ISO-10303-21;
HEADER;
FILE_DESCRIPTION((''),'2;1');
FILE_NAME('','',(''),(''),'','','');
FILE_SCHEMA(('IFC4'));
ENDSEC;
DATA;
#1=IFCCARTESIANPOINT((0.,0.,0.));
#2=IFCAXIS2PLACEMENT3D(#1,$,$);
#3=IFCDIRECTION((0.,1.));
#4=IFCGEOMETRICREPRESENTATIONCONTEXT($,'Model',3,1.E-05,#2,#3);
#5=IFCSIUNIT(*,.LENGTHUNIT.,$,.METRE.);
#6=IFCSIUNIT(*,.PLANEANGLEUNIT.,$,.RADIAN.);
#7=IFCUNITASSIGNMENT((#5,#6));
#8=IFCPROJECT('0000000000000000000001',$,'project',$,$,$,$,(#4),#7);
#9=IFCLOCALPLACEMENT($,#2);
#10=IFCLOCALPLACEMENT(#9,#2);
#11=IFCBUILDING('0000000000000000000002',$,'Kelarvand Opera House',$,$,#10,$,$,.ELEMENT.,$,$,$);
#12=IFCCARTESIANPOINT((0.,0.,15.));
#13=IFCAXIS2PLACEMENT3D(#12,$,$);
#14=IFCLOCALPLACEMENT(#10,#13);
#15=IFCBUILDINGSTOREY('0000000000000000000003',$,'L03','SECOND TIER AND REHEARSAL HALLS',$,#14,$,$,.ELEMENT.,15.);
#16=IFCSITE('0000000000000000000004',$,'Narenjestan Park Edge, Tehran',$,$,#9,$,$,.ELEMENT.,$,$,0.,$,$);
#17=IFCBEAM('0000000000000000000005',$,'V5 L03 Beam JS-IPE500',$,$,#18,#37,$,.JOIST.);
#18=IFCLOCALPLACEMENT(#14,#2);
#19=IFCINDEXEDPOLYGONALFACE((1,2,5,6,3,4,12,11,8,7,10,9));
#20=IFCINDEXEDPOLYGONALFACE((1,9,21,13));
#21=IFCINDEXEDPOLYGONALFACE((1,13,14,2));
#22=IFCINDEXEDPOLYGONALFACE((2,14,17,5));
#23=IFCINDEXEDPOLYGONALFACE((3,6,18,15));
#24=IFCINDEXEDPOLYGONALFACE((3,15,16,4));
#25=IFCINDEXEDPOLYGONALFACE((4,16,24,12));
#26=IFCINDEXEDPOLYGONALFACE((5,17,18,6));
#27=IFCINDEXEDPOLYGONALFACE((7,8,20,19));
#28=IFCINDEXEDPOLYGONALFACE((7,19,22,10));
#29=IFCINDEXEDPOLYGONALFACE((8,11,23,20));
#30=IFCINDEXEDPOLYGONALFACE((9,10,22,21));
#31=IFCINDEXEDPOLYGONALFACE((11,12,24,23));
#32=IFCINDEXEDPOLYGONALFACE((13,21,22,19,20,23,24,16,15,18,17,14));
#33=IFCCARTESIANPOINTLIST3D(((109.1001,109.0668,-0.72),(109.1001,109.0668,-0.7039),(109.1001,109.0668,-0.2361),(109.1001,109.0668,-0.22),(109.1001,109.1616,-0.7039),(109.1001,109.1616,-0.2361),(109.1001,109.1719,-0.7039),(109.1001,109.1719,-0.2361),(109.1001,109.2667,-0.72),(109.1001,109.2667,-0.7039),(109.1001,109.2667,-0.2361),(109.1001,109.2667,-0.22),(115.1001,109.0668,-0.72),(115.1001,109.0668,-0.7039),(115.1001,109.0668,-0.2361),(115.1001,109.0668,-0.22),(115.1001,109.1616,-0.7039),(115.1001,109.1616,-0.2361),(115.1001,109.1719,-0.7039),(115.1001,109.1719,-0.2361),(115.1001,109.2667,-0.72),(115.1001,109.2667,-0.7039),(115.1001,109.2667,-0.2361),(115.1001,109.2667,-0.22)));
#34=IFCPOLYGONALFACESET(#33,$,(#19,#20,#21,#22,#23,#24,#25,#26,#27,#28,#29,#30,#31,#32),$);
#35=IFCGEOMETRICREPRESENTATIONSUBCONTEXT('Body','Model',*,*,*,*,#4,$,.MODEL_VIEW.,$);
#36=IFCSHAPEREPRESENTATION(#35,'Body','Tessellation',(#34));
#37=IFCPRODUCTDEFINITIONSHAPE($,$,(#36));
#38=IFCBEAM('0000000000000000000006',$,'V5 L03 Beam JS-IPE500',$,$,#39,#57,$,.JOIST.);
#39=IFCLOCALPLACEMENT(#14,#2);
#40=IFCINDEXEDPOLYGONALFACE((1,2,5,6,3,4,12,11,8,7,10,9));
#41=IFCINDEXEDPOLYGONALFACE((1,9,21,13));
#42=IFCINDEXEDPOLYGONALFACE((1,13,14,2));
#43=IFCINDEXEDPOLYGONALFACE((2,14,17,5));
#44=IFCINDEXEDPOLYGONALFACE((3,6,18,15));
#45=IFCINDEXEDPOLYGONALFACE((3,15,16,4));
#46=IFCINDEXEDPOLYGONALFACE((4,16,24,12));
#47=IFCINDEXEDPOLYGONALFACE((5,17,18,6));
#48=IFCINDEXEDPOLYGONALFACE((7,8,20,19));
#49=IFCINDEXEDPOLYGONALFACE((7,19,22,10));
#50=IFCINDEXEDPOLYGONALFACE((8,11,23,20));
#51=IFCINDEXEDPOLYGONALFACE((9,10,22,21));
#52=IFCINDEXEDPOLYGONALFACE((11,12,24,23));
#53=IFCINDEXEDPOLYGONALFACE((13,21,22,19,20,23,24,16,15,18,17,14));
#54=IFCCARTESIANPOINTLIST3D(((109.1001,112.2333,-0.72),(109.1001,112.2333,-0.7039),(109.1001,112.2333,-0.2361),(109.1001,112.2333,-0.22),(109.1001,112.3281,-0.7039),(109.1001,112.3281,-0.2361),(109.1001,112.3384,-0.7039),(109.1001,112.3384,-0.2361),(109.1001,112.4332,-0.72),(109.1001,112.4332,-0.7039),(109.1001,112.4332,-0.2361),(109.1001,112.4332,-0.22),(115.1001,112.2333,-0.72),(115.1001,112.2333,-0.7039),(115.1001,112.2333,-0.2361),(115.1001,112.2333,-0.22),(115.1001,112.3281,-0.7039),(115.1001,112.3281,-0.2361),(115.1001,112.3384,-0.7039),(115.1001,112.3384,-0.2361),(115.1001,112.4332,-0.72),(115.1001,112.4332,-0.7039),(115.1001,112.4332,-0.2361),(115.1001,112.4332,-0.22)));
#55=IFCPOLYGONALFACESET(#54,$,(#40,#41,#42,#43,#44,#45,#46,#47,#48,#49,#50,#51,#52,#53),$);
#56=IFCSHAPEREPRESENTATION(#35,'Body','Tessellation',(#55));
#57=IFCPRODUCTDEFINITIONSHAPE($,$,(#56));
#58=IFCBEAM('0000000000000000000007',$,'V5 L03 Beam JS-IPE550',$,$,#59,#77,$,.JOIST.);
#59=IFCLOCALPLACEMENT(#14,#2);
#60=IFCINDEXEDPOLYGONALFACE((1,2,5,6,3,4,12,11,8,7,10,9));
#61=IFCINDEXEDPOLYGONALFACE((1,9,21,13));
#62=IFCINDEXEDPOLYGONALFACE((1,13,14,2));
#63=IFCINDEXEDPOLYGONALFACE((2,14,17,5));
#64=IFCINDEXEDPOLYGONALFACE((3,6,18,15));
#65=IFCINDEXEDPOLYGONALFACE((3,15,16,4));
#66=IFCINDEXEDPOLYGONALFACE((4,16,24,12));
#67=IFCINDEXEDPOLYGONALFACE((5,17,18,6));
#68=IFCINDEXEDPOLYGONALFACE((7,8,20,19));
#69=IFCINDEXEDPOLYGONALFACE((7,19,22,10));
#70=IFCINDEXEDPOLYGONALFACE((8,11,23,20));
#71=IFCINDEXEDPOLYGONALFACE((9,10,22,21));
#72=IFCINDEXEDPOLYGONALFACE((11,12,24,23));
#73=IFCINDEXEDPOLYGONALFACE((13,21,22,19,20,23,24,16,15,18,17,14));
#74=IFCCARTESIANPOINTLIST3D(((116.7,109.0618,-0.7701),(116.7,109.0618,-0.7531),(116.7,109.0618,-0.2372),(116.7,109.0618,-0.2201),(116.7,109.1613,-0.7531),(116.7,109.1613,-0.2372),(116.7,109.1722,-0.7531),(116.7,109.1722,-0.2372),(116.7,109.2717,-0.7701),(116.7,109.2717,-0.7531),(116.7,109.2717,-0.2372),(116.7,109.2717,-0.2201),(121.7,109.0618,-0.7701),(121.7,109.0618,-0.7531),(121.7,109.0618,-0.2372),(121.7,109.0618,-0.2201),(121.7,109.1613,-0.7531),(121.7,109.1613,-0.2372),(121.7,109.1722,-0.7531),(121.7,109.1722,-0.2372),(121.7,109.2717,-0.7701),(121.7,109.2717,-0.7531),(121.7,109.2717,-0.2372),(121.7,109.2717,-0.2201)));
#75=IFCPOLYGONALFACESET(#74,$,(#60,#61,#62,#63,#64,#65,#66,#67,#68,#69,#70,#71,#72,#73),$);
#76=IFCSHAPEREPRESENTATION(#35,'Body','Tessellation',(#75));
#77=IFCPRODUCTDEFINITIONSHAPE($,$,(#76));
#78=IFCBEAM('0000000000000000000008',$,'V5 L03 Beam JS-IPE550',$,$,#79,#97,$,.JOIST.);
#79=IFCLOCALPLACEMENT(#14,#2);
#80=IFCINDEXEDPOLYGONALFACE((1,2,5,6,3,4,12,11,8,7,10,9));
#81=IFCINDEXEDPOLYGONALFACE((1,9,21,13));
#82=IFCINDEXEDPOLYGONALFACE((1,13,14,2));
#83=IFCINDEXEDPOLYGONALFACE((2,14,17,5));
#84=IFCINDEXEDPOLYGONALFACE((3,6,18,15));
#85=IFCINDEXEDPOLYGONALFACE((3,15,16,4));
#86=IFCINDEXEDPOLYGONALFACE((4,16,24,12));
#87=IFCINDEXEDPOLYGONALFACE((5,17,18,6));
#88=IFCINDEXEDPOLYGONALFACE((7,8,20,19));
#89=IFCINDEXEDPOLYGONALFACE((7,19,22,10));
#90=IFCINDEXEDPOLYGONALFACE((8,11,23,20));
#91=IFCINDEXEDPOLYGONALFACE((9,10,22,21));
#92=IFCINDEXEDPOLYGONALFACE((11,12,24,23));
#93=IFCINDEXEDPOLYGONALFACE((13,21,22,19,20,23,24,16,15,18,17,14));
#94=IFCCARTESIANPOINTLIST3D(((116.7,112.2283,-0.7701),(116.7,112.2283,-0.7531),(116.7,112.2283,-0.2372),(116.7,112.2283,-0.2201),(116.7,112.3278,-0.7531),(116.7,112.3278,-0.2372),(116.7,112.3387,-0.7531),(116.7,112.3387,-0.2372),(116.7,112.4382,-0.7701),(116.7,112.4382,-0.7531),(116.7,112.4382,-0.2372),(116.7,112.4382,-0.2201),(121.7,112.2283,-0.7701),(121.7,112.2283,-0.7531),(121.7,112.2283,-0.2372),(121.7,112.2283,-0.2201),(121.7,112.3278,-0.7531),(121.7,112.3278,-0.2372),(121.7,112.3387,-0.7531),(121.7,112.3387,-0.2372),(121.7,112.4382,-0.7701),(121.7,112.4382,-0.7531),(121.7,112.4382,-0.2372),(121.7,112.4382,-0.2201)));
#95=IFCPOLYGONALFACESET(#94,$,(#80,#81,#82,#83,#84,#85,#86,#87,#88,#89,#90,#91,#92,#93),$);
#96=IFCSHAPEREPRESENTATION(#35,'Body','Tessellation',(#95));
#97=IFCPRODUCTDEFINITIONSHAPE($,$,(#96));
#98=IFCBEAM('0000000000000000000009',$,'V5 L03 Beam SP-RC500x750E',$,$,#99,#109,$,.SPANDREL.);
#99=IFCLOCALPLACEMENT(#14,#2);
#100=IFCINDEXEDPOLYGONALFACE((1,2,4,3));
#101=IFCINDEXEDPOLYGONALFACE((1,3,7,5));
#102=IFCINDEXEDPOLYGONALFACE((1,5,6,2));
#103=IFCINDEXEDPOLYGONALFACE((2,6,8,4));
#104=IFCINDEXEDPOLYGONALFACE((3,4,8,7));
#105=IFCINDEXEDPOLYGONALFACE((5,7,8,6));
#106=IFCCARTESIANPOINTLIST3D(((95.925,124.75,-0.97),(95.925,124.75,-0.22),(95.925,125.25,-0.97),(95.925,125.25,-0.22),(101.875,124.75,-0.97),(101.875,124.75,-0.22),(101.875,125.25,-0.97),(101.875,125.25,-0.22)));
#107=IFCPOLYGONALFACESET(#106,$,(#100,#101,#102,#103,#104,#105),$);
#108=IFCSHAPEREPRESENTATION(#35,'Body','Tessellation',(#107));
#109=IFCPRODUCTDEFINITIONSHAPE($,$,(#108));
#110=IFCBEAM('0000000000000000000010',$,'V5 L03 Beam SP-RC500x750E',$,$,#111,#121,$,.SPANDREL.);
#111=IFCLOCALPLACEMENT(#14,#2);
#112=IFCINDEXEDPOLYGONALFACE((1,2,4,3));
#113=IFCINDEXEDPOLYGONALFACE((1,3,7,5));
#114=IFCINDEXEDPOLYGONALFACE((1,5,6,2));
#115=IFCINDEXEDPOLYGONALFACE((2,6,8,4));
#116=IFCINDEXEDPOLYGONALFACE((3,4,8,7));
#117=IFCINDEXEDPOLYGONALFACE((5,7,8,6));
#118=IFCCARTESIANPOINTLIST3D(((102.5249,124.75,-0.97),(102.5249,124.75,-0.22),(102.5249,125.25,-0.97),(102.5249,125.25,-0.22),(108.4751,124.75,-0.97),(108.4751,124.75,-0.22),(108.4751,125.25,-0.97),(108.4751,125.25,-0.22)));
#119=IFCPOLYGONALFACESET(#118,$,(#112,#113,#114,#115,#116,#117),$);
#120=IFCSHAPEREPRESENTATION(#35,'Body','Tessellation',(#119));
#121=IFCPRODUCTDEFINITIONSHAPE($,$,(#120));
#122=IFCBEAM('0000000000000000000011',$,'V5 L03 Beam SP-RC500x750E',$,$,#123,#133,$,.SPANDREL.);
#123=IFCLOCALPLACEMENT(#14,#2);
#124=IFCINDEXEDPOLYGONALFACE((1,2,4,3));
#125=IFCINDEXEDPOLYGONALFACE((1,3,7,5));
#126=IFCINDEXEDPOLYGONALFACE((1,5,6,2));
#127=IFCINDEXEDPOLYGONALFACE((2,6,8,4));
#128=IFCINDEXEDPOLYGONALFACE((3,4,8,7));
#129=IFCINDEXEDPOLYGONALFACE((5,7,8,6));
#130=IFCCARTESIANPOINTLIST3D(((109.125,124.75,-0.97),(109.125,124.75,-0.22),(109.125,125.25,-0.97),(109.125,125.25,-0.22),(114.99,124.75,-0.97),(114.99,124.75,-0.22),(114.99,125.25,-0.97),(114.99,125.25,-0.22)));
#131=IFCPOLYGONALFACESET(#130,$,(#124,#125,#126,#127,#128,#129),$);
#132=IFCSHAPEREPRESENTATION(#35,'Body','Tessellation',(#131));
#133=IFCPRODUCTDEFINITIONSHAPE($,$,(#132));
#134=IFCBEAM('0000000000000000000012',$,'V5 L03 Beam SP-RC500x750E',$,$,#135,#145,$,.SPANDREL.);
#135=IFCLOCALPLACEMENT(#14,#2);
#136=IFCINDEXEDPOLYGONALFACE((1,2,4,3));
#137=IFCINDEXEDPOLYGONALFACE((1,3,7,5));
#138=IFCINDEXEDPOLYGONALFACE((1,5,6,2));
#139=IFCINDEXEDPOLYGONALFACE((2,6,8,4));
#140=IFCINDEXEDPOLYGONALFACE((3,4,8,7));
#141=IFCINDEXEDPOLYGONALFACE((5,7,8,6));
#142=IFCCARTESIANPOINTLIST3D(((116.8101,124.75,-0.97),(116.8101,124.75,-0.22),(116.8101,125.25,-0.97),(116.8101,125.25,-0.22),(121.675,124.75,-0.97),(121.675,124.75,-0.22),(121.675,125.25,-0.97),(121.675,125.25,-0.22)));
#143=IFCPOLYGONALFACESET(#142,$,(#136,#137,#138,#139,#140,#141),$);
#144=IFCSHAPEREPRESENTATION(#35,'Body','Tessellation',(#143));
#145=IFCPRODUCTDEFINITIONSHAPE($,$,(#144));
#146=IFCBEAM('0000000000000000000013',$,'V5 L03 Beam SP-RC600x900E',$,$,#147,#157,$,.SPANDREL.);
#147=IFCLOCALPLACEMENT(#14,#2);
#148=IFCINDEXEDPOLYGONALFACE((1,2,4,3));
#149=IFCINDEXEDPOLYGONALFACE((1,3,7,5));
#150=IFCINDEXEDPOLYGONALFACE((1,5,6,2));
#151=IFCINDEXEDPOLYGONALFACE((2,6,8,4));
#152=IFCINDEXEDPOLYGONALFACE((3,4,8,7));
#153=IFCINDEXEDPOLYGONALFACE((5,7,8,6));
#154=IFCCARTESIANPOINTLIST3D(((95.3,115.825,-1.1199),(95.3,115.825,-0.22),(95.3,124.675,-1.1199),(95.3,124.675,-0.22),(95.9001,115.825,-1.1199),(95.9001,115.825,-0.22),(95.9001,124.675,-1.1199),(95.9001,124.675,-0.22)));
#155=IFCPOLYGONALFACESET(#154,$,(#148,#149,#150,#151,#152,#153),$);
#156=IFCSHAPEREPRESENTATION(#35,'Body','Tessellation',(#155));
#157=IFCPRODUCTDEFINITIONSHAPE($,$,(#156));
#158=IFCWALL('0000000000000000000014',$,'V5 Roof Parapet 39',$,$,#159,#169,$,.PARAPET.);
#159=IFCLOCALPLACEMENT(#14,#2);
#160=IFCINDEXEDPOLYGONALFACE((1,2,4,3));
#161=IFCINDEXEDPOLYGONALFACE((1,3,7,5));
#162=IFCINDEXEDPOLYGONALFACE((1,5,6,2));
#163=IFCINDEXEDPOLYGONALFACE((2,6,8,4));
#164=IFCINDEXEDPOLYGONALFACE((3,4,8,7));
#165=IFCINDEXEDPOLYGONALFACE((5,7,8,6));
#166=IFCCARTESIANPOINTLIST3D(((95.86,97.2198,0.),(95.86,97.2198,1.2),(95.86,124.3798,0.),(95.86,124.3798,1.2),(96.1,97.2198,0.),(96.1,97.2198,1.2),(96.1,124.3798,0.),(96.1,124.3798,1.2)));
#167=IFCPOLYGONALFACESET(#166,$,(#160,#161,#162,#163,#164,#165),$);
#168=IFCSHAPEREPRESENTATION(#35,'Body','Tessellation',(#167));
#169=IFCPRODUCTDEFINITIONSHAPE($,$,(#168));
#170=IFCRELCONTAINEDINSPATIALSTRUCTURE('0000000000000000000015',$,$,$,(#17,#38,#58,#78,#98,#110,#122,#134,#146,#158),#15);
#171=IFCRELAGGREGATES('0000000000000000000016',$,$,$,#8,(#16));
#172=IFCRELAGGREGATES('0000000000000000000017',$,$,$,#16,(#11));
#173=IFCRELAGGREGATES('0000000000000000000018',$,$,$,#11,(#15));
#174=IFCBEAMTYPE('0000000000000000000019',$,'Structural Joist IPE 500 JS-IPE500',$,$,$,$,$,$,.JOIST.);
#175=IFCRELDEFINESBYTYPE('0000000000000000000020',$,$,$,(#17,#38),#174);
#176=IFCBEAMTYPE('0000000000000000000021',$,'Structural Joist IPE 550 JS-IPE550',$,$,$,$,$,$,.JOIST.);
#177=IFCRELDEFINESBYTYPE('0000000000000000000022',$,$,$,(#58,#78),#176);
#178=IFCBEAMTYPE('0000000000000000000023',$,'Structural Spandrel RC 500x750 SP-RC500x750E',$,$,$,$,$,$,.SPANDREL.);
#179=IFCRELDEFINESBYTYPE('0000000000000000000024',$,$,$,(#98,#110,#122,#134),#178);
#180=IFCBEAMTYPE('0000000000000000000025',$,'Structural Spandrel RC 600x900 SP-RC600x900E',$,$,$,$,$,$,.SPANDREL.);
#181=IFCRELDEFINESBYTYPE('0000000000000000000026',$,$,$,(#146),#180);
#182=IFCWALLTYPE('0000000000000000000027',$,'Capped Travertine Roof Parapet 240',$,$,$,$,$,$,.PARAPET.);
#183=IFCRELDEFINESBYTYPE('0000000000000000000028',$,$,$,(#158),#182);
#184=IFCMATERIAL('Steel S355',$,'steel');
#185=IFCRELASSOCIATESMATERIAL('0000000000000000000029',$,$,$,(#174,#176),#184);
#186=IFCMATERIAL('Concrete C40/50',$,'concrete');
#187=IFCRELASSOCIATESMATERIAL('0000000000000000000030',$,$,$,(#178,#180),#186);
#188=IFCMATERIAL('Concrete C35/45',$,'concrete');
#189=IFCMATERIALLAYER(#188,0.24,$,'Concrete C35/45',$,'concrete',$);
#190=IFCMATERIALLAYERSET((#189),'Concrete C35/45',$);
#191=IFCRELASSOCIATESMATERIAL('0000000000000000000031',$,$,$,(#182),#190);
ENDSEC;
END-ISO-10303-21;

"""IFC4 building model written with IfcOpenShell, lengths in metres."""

from ifc_helpers import new_model, si_unit, direction, frame, frame_2d, origin, origin_2d, place, context, subcontext, project, spatial, rectangle, i_section, extrude, material, layer, layer_set, material_profile, profile_set, type_object, element, save


model = new_model("IFC4")

# Units and contexts
model_context = context("Model", 3, precision=1e-05, world=origin(), true_north=direction((0.0, 1.0)))
body_context = subcontext(model_context, "Body", "Model", "MODEL_VIEW")
ifc_project = project(units=[si_unit("LENGTHUNIT", "METRE"), si_unit("PLANEANGLEUNIT", "RADIAN")], contexts=[model_context])

# Site, building, storey
site_placement = place(None, origin())
site = spatial("IfcSite", under=ifc_project, at=site_placement, Name="Narenjestan Park Edge, Tehran", CompositionType="ELEMENT", RefElevation=0.0)
building_placement = place(site_placement, origin())
building = spatial("IfcBuilding", under=site, at=building_placement, Name="Kelarvand Opera House", CompositionType="ELEMENT")
storey_placement = place(building_placement, frame((0.0, 0.0, 15.0)))
storey = spatial("IfcBuildingStorey", under=building, at=storey_placement, Name="L03", Description="SECOND TIER AND REHEARSAL HALLS", CompositionType="ELEMENT", Elevation=15.0)

# Beams
ifc_material_1 = material(Name="Concrete C35/45", Category="concrete")
ifc_material_2 = material(Name="Concrete C40/50", Category="concrete")
ifc_material_3 = material(Name="Steel S355", Category="steel")
ifc_material_profile_1 = material_profile(ifc_material_3, i_section(OverallWidth=0.2, OverallDepth=0.5, WebThickness=0.0103, FlangeThickness=0.0161, at=origin_2d()), Name="IPE 500", Category="steel")
ifc_profile_set_1 = profile_set([ifc_material_profile_1], Name="Steel S355")
beam_type_1 = type_object("IfcBeamType", Name="Structural Joist IPE 500 JS-IPE500", PredefinedType="JOIST", material=ifc_profile_set_1)
for number, where, z_axis, x_axis, name in (
    (1, (109.1001, 109.1667, -0.47), (1.0, 0.0, 0.0), (0.0, 1.0, 0.0), "V5 L03 Beam JS-IPE500"),
    (2, (109.1001, 112.3333, -0.47), (1.0, 0.0, 0.0), (0.0, 1.0, 0.0), "V5 L03 Beam JS-IPE500"),
):
    element("IfcBeam", number, at=place(storey_placement, frame(where, z_axis=z_axis, x_axis=x_axis)), inside=storey, type_object=beam_type_1, Name=name, PredefinedType="JOIST", context=body_context, shape_type="SweptSolid", body=[
        extrude(i_section(OverallWidth=0.2, OverallDepth=0.5, WebThickness=0.0103, FlangeThickness=0.0161, at=origin_2d()), origin(), (0.0, 0.0, 1.0), 6.0),
    ])
ifc_material_profile_2 = material_profile(ifc_material_3, i_section(OverallWidth=0.21, OverallDepth=0.55, WebThickness=0.011, FlangeThickness=0.0171, at=origin_2d()), Name="IPE 550", Category="steel")
ifc_profile_set_2 = profile_set([ifc_material_profile_2], Name="Steel S355")
beam_type_2 = type_object("IfcBeamType", Name="Structural Joist IPE 550 JS-IPE550", PredefinedType="JOIST", material=ifc_profile_set_2)
for number, where, z_axis, x_axis, name in (
    (3, (116.7, 109.1667, -0.4951), (1.0, 0.0, 0.0), (0.0, 1.0, 0.0), "V5 L03 Beam JS-IPE550"),
    (4, (116.7, 112.3333, -0.4951), (1.0, 0.0, 0.0), (0.0, 1.0, 0.0), "V5 L03 Beam JS-IPE550"),
):
    element("IfcBeam", number, at=place(storey_placement, frame(where, z_axis=z_axis, x_axis=x_axis)), inside=storey, type_object=beam_type_2, Name=name, PredefinedType="JOIST", context=body_context, shape_type="SweptSolid", body=[
        extrude(i_section(OverallWidth=0.21, OverallDepth=0.55, WebThickness=0.011, FlangeThickness=0.0171, at=origin_2d()), origin(), (0.0, 0.0, 1.0), 5.0),
    ])
ifc_material_profile_3 = material_profile(ifc_material_2, rectangle(XDim=0.5, YDim=0.75, at=origin_2d()), Name="RC 500x750", Category="concrete")
ifc_profile_set_3 = profile_set([ifc_material_profile_3], Name="Concrete C40/50")
beam_type_3 = type_object("IfcBeamType", Name="Structural Spandrel RC 500x750 SP-RC500x750E", PredefinedType="SPANDREL", material=ifc_profile_set_3)
beam_1_placement = place(storey_placement, frame((95.925, 125.0, -0.595), z_axis=(1.0, 0.0, 0.0), x_axis=(0.0, 1.0, 0.0)))
element("IfcBeam", 5, at=beam_1_placement, inside=storey, type_object=beam_type_3, Name="V5 L03 Beam SP-RC500x750E", PredefinedType="SPANDREL", context=body_context, shape_type="SweptSolid", body=[
    extrude(rectangle(XDim=0.5, YDim=0.75, at=origin_2d()), origin(), (0.0, 0.0, 1.0), 5.95),
])
beam_2_placement = place(storey_placement, frame((102.5249, 125.0, -0.595), z_axis=(1.0, 0.0, 0.0), x_axis=(0.0, 1.0, 0.0)))
element("IfcBeam", 6, at=beam_2_placement, inside=storey, type_object=beam_type_3, Name="V5 L03 Beam SP-RC500x750E", PredefinedType="SPANDREL", context=body_context, shape_type="SweptSolid", body=[
    extrude(rectangle(XDim=0.5, YDim=0.75, at=origin_2d()), origin(), (0.0, 0.0, 1.0), 5.9502),
])
beam_3_placement = place(storey_placement, frame((109.125, 125.0, -0.595), z_axis=(1.0, 0.0, 0.0), x_axis=(0.0, 1.0, 0.0)))
element("IfcBeam", 7, at=beam_3_placement, inside=storey, type_object=beam_type_3, Name="V5 L03 Beam SP-RC500x750E", PredefinedType="SPANDREL", context=body_context, shape_type="SweptSolid", body=[
    extrude(rectangle(XDim=0.5, YDim=0.75, at=origin_2d()), origin(), (0.0, 0.0, 1.0), 5.865),
])
beam_4_placement = place(storey_placement, frame((116.8101, 125.0, -0.595), z_axis=(1.0, 0.0, 0.0), x_axis=(0.0, 1.0, 0.0)))
element("IfcBeam", 8, at=beam_4_placement, inside=storey, type_object=beam_type_3, Name="V5 L03 Beam SP-RC500x750E", PredefinedType="SPANDREL", context=body_context, shape_type="SweptSolid", body=[
    extrude(rectangle(XDim=0.5, YDim=0.75, at=origin_2d()), origin(), (0.0, 0.0, 1.0), 4.865),
])
ifc_material_profile_4 = material_profile(ifc_material_2, rectangle(XDim=0.6001, YDim=0.8999, at=origin_2d()), Name="RC 600x900", Category="concrete")
ifc_profile_set_4 = profile_set([ifc_material_profile_4], Name="Concrete C40/50")
beam_type_4 = type_object("IfcBeamType", Name="Structural Spandrel RC 600x900 SP-RC600x900E", PredefinedType="SPANDREL", material=ifc_profile_set_4)
beam_5_placement = place(storey_placement, frame((95.6001, 115.825, -0.6699), z_axis=(0.0, 1.0, 0.0), x_axis=(-1.0, 0.0, 0.0)))
element("IfcBeam", 9, at=beam_5_placement, inside=storey, type_object=beam_type_4, Name="V5 L03 Beam SP-RC600x900E", PredefinedType="SPANDREL", context=body_context, shape_type="SweptSolid", body=[
    extrude(rectangle(XDim=0.6001, YDim=0.8999, at=origin_2d()), origin(), (0.0, 0.0, 1.0), 8.8501),
])

# Wall
ifc_layer = layer(ifc_material_1, 0.24, Name="Concrete C35/45", Category="concrete")
ifc_layer_set = layer_set([ifc_layer], Name="Concrete C35/45")
wall_type = type_object("IfcWallType", Name="Capped Travertine Roof Parapet 240", PredefinedType="PARAPET", material=ifc_layer_set)
wall_placement = place(storey_placement, frame((95.98, 124.3799, 0.0), z_axis=(0.0, 0.0, 1.0), x_axis=(0.0, -1.0, 0.0)))
element("IfcWall", 10, at=wall_placement, inside=storey, type_object=wall_type, Name="V5 Roof Parapet 39", PredefinedType="PARAPET", context=body_context, shape_type="SweptSolid", body=[
    extrude(rectangle(XDim=27.1599, YDim=0.24, at=frame_2d((13.5801, 0.0))), origin(), (0.0, 0.0, 1.0), 1.2),
])

save(model, "model.ifc")
